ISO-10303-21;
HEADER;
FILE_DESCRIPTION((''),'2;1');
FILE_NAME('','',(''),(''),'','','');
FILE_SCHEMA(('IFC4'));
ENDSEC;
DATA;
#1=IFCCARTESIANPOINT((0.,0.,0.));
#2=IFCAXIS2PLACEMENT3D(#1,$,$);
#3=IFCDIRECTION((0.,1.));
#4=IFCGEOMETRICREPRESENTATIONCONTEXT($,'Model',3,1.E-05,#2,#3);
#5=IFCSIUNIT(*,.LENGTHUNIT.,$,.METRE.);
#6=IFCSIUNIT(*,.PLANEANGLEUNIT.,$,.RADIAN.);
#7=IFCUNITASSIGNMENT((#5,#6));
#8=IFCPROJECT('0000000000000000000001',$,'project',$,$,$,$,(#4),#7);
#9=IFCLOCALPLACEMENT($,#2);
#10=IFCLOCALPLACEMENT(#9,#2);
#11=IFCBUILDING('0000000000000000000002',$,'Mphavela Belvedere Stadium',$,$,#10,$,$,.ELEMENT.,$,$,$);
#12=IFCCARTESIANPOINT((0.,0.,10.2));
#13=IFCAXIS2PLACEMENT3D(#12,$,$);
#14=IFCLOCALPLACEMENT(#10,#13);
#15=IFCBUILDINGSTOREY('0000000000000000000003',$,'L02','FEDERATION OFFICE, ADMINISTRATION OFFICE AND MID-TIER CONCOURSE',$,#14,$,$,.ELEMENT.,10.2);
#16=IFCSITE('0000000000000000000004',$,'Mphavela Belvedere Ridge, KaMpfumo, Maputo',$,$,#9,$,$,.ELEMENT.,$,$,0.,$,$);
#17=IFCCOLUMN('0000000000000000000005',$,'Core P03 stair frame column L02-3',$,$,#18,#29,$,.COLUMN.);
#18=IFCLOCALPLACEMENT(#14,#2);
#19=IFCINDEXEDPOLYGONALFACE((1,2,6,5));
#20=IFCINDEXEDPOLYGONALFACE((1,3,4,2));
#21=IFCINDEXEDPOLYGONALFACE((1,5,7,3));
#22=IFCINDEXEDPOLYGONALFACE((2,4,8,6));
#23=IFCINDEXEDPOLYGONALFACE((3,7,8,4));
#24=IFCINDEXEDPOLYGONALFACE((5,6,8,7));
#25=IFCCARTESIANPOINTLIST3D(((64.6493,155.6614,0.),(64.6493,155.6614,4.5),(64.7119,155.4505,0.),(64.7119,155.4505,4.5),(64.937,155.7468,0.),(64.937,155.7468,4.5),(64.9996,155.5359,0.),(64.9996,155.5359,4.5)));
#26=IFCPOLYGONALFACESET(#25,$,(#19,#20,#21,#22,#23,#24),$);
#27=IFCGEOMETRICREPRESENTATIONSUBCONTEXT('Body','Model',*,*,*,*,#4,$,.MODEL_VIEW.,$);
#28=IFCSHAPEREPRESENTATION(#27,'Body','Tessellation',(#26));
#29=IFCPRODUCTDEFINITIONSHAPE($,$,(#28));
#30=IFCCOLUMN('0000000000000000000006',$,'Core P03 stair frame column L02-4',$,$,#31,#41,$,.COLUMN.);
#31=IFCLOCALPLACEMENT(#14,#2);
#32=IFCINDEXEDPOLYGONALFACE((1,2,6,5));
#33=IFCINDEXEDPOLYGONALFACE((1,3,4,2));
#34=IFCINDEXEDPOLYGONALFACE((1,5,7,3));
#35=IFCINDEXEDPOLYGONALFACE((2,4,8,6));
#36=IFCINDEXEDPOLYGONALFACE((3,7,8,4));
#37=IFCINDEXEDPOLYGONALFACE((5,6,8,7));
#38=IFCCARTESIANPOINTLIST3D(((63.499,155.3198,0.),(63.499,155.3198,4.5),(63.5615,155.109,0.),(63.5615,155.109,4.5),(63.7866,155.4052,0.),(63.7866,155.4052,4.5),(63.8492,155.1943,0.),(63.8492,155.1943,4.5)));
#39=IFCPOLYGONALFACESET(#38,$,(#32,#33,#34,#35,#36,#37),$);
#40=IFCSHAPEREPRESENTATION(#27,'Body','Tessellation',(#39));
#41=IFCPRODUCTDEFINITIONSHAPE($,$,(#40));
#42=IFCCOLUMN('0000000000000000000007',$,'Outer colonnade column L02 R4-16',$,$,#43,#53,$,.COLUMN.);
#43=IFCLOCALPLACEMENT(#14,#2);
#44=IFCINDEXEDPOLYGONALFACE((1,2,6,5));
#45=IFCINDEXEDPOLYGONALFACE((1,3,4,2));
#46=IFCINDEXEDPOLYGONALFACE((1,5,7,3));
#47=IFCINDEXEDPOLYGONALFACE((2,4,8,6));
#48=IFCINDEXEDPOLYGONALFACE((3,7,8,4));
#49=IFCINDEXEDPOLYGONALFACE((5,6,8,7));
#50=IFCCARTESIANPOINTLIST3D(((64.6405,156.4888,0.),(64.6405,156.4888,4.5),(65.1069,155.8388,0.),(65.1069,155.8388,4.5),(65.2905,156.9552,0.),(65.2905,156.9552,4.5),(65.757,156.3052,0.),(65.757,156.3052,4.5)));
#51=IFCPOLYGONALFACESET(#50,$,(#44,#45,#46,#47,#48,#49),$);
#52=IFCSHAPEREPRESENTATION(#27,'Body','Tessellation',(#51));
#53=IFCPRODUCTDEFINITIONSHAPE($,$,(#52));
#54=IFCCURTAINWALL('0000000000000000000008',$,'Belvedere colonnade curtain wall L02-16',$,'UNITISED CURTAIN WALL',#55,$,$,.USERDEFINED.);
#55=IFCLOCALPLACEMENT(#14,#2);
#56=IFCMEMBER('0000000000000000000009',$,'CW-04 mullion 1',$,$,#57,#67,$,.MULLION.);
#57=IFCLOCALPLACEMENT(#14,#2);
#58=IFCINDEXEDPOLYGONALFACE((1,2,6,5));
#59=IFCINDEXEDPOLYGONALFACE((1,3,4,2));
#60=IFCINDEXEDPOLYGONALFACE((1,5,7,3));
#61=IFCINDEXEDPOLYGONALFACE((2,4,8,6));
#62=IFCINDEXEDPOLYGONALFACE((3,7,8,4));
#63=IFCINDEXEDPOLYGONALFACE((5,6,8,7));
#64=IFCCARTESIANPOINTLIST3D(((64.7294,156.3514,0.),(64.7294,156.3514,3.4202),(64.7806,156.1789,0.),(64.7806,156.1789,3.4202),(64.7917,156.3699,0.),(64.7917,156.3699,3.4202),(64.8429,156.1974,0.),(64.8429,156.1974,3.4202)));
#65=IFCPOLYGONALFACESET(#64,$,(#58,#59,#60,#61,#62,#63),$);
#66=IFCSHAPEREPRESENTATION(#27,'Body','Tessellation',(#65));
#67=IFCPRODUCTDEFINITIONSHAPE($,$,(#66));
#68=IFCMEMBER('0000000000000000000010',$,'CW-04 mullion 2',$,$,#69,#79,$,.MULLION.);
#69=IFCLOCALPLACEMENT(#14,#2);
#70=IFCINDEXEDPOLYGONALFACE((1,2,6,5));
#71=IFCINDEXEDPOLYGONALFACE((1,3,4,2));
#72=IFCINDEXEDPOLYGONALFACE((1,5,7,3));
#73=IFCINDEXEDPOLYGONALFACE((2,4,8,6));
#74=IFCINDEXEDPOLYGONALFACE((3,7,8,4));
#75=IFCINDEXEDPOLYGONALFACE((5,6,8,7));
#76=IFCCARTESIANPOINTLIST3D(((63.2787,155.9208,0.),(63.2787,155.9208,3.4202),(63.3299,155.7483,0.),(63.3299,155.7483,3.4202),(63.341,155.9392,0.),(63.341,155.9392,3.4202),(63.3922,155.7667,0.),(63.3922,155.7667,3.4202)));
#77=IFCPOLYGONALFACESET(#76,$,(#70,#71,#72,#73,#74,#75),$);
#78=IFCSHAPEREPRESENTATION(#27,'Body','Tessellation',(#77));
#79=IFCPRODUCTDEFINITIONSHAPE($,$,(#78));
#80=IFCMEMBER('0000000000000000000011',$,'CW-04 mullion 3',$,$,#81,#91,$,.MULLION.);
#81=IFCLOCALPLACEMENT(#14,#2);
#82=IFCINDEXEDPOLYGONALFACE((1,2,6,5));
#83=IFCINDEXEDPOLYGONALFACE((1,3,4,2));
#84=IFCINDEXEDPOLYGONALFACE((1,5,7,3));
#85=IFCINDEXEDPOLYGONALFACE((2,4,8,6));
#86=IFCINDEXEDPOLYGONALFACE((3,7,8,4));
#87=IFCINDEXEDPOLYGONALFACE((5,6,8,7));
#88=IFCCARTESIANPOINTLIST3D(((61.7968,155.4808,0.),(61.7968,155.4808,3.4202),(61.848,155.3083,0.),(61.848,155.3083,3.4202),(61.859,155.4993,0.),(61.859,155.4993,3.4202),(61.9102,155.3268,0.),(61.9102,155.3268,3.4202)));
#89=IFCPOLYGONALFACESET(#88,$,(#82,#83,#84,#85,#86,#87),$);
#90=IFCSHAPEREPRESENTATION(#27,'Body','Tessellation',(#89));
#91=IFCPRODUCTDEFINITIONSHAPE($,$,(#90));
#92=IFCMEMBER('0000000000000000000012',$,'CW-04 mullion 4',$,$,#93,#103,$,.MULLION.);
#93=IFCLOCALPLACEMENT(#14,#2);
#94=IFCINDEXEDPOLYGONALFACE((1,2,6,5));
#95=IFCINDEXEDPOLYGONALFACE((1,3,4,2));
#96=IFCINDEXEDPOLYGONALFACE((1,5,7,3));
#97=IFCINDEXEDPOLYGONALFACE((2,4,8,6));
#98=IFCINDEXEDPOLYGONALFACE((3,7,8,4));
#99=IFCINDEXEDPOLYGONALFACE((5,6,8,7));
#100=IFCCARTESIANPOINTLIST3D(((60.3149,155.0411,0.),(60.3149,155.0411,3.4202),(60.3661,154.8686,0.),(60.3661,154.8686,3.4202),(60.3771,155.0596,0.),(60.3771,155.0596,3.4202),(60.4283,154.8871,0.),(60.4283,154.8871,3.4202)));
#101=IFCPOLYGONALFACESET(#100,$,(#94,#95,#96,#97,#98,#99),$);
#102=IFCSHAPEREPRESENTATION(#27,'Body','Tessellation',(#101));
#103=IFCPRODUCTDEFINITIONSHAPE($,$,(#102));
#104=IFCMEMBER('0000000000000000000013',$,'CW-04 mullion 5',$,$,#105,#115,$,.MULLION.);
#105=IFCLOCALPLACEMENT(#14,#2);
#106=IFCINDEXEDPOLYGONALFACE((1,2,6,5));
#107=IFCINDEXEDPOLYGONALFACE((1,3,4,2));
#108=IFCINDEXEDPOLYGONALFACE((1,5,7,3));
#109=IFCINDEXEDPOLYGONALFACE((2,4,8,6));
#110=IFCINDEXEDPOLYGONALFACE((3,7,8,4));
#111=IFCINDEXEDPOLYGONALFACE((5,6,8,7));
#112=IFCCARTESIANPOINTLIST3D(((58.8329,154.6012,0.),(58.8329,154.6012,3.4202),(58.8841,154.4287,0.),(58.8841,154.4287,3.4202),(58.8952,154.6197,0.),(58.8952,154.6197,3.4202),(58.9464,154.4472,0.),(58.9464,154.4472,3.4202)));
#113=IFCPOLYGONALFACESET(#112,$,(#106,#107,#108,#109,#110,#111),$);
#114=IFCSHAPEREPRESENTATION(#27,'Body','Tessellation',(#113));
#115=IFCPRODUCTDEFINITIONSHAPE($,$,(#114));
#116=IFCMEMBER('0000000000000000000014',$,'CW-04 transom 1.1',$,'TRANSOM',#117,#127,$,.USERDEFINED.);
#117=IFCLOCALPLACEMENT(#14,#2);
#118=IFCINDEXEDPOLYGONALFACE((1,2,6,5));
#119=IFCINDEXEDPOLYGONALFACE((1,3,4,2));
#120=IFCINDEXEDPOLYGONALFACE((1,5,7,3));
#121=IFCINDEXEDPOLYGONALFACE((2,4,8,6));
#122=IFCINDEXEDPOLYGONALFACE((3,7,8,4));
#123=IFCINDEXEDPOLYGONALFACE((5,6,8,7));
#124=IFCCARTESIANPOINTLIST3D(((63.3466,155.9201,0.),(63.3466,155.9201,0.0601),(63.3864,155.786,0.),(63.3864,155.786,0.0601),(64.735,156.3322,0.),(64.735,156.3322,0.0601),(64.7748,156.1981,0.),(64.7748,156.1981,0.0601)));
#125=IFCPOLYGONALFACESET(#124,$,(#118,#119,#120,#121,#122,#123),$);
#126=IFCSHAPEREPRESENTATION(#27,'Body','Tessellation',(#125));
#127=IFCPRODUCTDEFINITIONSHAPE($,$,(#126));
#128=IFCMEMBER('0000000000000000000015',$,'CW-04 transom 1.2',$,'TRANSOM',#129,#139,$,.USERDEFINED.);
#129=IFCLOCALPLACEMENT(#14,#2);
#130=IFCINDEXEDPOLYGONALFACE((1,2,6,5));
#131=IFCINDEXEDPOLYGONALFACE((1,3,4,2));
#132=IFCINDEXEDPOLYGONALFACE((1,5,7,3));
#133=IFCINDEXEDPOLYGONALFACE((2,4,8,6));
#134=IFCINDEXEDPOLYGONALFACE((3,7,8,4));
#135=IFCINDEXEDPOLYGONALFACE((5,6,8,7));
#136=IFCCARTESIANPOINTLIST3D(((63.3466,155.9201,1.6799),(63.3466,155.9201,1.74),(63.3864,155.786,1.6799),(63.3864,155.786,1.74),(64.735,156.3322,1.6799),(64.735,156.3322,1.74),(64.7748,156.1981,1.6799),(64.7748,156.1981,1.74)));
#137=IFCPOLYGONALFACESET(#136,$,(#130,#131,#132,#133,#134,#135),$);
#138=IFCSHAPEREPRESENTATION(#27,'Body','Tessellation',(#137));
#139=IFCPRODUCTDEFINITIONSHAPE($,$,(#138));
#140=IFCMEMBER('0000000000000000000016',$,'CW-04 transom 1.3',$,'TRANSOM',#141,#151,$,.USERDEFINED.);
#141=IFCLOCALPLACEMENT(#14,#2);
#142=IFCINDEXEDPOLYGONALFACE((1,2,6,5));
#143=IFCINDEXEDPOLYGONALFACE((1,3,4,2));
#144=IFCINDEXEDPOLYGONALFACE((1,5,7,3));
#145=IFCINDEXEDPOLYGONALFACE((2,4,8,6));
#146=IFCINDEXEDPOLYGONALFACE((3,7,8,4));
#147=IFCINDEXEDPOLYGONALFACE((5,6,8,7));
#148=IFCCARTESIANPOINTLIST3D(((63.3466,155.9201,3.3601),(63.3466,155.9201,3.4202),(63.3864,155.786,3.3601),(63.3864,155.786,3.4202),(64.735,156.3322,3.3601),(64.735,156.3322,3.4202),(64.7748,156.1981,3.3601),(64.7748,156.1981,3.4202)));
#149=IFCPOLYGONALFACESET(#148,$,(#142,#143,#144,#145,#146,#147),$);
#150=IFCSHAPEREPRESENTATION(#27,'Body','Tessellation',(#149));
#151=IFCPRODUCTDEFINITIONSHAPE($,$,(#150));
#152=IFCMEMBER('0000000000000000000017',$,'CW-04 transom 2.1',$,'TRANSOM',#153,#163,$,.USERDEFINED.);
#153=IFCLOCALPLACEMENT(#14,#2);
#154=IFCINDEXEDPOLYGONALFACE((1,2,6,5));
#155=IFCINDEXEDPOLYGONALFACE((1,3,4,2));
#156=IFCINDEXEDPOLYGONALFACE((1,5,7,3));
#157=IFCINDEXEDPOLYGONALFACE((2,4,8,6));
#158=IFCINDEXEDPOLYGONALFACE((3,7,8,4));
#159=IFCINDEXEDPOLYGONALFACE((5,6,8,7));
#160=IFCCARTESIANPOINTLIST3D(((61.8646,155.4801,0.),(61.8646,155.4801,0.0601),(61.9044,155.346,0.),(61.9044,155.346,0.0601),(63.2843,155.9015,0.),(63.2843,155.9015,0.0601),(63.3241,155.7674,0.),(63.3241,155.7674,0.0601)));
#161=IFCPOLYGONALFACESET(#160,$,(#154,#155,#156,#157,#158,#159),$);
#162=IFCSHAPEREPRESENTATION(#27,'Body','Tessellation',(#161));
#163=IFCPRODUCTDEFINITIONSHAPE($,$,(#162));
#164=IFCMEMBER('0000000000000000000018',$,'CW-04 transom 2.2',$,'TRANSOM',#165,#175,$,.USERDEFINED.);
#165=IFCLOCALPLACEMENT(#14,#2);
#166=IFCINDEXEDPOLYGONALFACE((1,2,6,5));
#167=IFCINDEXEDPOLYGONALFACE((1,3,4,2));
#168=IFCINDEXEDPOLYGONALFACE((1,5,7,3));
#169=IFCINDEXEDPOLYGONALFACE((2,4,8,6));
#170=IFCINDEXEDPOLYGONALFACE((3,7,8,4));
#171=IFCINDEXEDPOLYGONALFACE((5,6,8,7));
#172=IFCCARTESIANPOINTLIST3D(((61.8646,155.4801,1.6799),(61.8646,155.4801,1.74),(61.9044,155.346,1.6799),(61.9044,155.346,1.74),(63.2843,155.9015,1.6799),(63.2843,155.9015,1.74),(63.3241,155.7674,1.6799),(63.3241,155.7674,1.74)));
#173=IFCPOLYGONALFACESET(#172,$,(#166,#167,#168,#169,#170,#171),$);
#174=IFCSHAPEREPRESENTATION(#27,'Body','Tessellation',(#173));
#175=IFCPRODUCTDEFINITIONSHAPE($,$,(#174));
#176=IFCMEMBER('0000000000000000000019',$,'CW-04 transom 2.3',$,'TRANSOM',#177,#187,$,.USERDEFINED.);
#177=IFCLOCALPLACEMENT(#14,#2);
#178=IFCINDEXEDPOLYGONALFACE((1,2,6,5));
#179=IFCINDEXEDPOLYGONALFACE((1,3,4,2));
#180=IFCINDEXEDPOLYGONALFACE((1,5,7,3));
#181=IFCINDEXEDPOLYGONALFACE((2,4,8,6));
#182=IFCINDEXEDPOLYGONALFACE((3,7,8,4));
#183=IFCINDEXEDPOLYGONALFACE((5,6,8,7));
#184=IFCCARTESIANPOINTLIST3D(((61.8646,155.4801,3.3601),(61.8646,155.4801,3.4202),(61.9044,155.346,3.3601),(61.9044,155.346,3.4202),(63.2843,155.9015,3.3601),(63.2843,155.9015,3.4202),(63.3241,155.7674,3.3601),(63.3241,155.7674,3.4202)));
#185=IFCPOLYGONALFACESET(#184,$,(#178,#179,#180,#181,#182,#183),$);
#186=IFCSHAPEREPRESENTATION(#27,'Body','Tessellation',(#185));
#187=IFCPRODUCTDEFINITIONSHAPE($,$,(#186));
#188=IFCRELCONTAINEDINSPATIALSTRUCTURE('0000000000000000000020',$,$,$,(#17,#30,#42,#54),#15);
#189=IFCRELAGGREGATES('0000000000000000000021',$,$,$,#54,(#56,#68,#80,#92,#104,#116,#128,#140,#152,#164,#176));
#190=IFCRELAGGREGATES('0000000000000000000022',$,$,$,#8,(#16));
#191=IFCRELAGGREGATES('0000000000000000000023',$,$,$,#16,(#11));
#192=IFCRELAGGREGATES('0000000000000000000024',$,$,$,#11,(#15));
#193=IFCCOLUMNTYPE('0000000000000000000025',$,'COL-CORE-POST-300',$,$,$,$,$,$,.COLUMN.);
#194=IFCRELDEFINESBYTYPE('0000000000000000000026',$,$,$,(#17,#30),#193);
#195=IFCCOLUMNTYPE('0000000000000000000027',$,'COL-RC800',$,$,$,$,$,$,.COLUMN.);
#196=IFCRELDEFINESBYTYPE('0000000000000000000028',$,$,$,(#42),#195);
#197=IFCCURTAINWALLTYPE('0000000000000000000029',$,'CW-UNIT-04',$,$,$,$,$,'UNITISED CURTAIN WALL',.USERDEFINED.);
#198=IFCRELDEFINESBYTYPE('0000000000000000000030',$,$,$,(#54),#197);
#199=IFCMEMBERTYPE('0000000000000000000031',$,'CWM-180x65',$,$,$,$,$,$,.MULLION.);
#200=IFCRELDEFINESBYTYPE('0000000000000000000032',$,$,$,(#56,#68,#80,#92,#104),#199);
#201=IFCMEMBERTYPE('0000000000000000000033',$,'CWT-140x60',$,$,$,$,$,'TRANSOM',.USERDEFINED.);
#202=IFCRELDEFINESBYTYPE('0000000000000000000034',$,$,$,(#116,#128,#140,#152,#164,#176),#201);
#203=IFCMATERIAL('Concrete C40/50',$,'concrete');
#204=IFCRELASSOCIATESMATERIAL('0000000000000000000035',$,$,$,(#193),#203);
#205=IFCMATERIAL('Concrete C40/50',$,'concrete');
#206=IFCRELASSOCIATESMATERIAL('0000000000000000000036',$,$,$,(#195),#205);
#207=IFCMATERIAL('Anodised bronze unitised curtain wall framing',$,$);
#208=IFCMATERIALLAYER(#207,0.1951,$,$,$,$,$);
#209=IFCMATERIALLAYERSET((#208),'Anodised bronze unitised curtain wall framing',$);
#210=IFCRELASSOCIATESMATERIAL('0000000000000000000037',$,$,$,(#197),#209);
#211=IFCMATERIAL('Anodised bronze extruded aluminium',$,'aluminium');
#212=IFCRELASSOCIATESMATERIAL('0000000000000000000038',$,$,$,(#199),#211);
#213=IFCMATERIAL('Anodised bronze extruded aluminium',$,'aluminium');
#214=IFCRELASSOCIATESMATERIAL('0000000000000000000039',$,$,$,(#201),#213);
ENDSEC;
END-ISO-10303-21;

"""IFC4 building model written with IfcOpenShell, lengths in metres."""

from ifc_helpers import new_model, si_unit, direction, frame, origin, origin_2d, place, context, subcontext, project, spatial, rectangle, extrude, material, layer, layer_set, material_profile, profile_set, type_object, element, aggregate, save


model = new_model("IFC4")

# Units and contexts
model_context = context("Model", 3, precision=1e-05, world=origin(), true_north=direction((0.0, 1.0)))
body_context = subcontext(model_context, "Body", "Model", "MODEL_VIEW")
ifc_project = project(units=[si_unit("LENGTHUNIT", "METRE"), si_unit("PLANEANGLEUNIT", "RADIAN")], contexts=[model_context])

# Site, building, storey
site_placement = place(None, origin())
site = spatial("IfcSite", under=ifc_project, at=site_placement, Name="Mphavela Belvedere Ridge, KaMpfumo, Maputo", CompositionType="ELEMENT", RefElevation=0.0)
building_placement = place(site_placement, origin())
building = spatial("IfcBuilding", under=site, at=building_placement, Name="Mphavela Belvedere Stadium", CompositionType="ELEMENT")
storey_placement = place(building_placement, frame((0.0, 0.0, 10.2)))
storey = spatial("IfcBuildingStorey", under=building, at=storey_placement, Name="L02", Description="FEDERATION OFFICE, ADMINISTRATION OFFICE AND MID-TIER CONCOURSE", CompositionType="ELEMENT", Elevation=10.2)

# Columns
ifc_material_1 = material(Name="Concrete C40/50", Category="concrete")
ifc_material_profile_1 = material_profile(ifc_material_1, rectangle(XDim=0.3, YDim=0.22, at=origin_2d()), Name="RC 300x220")
ifc_profile_set_1 = profile_set([ifc_material_profile_1], Name="Concrete C40/50")
column_type_1 = type_object("IfcColumnType", Name="COL-CORE-POST-300", PredefinedType="COLUMN", material=ifc_profile_set_1)
for number, where, z_axis, x_axis, name in (
    (1, (64.8245, 155.5986, 0.0), (0.0, 0.0, 1.0), (0.958671, 0.284517, 0.0), "Core P03 stair frame column L02-3"),
    (2, (63.6741, 155.2571, 0.0), (0.0, 0.0, 1.0), (0.958671, 0.284517, 0.0), "Core P03 stair frame column L02-4"),
):
    element("IfcColumn", number, at=place(storey_placement, frame(where, z_axis=z_axis, x_axis=x_axis)), inside=storey, type_object=column_type_1, Name=name, PredefinedType="COLUMN", context=body_context, shape_type="SweptSolid", body=[
        extrude(rectangle(XDim=0.3, YDim=0.22, at=origin_2d()), origin(), (0.0, 0.0, 1.0), 4.5),
    ])
ifc_material_2 = material(Name="Concrete C40/50", Category="concrete")
ifc_material_profile_2 = material_profile(ifc_material_2, rectangle(XDim=0.8, YDim=0.8, at=origin_2d()), Name="RC 800x800")
ifc_profile_set_2 = profile_set([ifc_material_profile_2], Name="Concrete C40/50")
column_type_2 = type_object("IfcColumnType", Name="COL-RC800", PredefinedType="COLUMN", material=ifc_profile_set_2)
column_placement = place(storey_placement, frame((65.1987, 156.397, 0.0), z_axis=(0.0, 0.0, 1.0), x_axis=(-0.582974, 0.812491, 0.0)))
element("IfcColumn", 3, at=column_placement, inside=storey, type_object=column_type_2, Name="Outer colonnade column L02 R4-16", PredefinedType="COLUMN", context=body_context, shape_type="SweptSolid", body=[
    extrude(rectangle(XDim=0.8, YDim=0.8, at=origin_2d()), origin(), (0.0, 0.0, 1.0), 4.5),
])

# Curtain wall, members
ifc_material_3 = material(Name="Anodised bronze unitised curtain wall framing")
ifc_layer_1 = layer(ifc_material_3, 0.1951)
ifc_layer_set_1 = layer_set([ifc_layer_1], Name="Anodised bronze unitised curtain wall framing")
curtain_wall_type = type_object("IfcCurtainWallType", Name="CW-UNIT-04", ElementType="UNITISED CURTAIN WALL", PredefinedType="USERDEFINED", material=ifc_layer_set_1)
curtain_wall_placement = place(storey_placement, origin())
curtain_wall = element("IfcCurtainWall", 4, at=curtain_wall_placement, inside=storey, type_object=curtain_wall_type, Name="Belvedere colonnade curtain wall L02-16", ObjectType="UNITISED CURTAIN WALL", PredefinedType="USERDEFINED")
ifc_material_4 = material(Name="Anodised bronze extruded aluminium", Category="aluminium")
ifc_material_profile_3 = material_profile(ifc_material_4, rectangle(XDim=0.1799, YDim=0.0649, at=origin_2d()), Name="CW-MUL 180x65")
ifc_profile_set_3 = profile_set([ifc_material_profile_3], Name="Anodised bronze extruded aluminium")
member_type_1 = type_object("IfcMemberType", Name="CWM-180x65", PredefinedType="MULLION", material=ifc_profile_set_3)
member_1_placement = place(storey_placement, frame((64.7861, 156.2744, 0.0), z_axis=(0.0, 0.0, 1.0), x_axis=(0.284547, -0.958662, 0.0)))
member_1 = element("IfcMember", 5, at=member_1_placement, type_object=member_type_1, Name="CW-04 mullion 1", PredefinedType="MULLION", context=body_context, shape_type="SweptSolid", body=[
    extrude(rectangle(XDim=0.1799, YDim=0.0649, at=origin_2d()), origin(), (0.0, 0.0, 1.0), 3.4202),
])
member_2_placement = place(storey_placement, frame((63.3354, 155.8438, 0.0), z_axis=(0.0, 0.0, 1.0), x_axis=(0.284547, -0.958662, 0.0)))
member_2 = element("IfcMember", 6, at=member_2_placement, type_object=member_type_1, Name="CW-04 mullion 2", PredefinedType="MULLION", context=body_context, shape_type="SweptSolid", body=[
    extrude(rectangle(XDim=0.1799, YDim=0.0649, at=origin_2d()), origin(), (0.0, 0.0, 1.0), 3.4202),
])
member_3_placement = place(storey_placement, frame((61.8535, 155.4038, 0.0), z_axis=(0.0, 0.0, 1.0), x_axis=(0.284547, -0.958662, 0.0)))
member_3 = element("IfcMember", 7, at=member_3_placement, type_object=member_type_1, Name="CW-04 mullion 3", PredefinedType="MULLION", context=body_context, shape_type="SweptSolid", body=[
    extrude(rectangle(XDim=0.1799, YDim=0.0649, at=origin_2d()), origin(), (0.0, 0.0, 1.0), 3.4202),
])
member_4_placement = place(storey_placement, frame((60.3716, 154.9641, 0.0), z_axis=(0.0, 0.0, 1.0), x_axis=(0.284547, -0.958662, 0.0)))
member_4 = element("IfcMember", 8, at=member_4_placement, type_object=member_type_1, Name="CW-04 mullion 4", PredefinedType="MULLION", context=body_context, shape_type="SweptSolid", body=[
    extrude(rectangle(XDim=0.1799, YDim=0.0649, at=origin_2d()), origin(), (0.0, 0.0, 1.0), 3.4202),
])
member_5_placement = place(storey_placement, frame((58.8896, 154.5242, 0.0), z_axis=(0.0, 0.0, 1.0), x_axis=(0.284547, -0.958662, 0.0)))
member_5 = element("IfcMember", 9, at=member_5_placement, type_object=member_type_1, Name="CW-04 mullion 5", PredefinedType="MULLION", context=body_context, shape_type="SweptSolid", body=[
    extrude(rectangle(XDim=0.1799, YDim=0.0649, at=origin_2d()), origin(), (0.0, 0.0, 1.0), 3.4202),
])
ifc_material_5 = material(Name="Anodised bronze extruded aluminium", Category="aluminium")
ifc_material_profile_4 = material_profile(ifc_material_5, rectangle(XDim=0.1399, YDim=0.0601, at=origin_2d()), Name="CW-TRN 140x60")
ifc_profile_set_4 = profile_set([ifc_material_profile_4], Name="Anodised bronze extruded aluminium")
member_type_2 = type_object("IfcMemberType", Name="CWT-140x60", ElementType="TRANSOM", PredefinedType="USERDEFINED", material=ifc_profile_set_4)
member_6_placement = place(storey_placement, frame((64.7549, 156.2651, 0.03), z_axis=(-0.958662, -0.284547, 0.0), x_axis=(0.284547, -0.958662, 0.0)))
member_6 = element("IfcMember", 10, at=member_6_placement, type_object=member_type_2, Name="CW-04 transom 1.1", ObjectType="TRANSOM", PredefinedType="USERDEFINED", context=body_context, shape_type="SweptSolid", body=[
    extrude(rectangle(XDim=0.1399, YDim=0.0601, at=origin_2d()), origin(), (0.0, 0.0, 1.0), 1.4482),
])
member_7_placement = place(storey_placement, frame((64.7549, 156.2651, 1.71), z_axis=(-0.958662, -0.284547, 0.0), x_axis=(0.284547, -0.958662, 0.0)))
member_7 = element("IfcMember", 11, at=member_7_placement, type_object=member_type_2, Name="CW-04 transom 1.2", ObjectType="TRANSOM", PredefinedType="USERDEFINED", context=body_context, shape_type="SweptSolid", body=[
    extrude(rectangle(XDim=0.1399, YDim=0.0601, at=origin_2d()), origin(), (0.0, 0.0, 1.0), 1.4482),
])
member_8_placement = place(storey_placement, frame((64.7549, 156.2651, 3.3901), z_axis=(-0.958662, -0.284547, 0.0), x_axis=(0.284547, -0.958662, 0.0)))
member_8 = element("IfcMember", 12, at=member_8_placement, type_object=member_type_2, Name="CW-04 transom 1.3", ObjectType="TRANSOM", PredefinedType="USERDEFINED", context=body_context, shape_type="SweptSolid", body=[
    extrude(rectangle(XDim=0.1399, YDim=0.0601, at=origin_2d()), origin(), (0.0, 0.0, 1.0), 1.4482),
])
member_9_placement = place(storey_placement, frame((63.3042, 155.8345, 0.03), z_axis=(-0.958662, -0.284549, 0.0), x_axis=(0.284549, -0.958662, 0.0)))
member_9 = element("IfcMember", 13, at=member_9_placement, type_object=member_type_2, Name="CW-04 transom 2.1", ObjectType="TRANSOM", PredefinedType="USERDEFINED", context=body_context, shape_type="SweptSolid", body=[
    extrude(rectangle(XDim=0.1399, YDim=0.0601, at=origin_2d()), origin(), (0.0, 0.0, 1.0), 1.481),
])
member_10_placement = place(storey_placement, frame((63.3042, 155.8345, 1.71), z_axis=(-0.958662, -0.284549, 0.0), x_axis=(0.284549, -0.958662, 0.0)))
member_10 = element("IfcMember", 14, at=member_10_placement, type_object=member_type_2, Name="CW-04 transom 2.2", ObjectType="TRANSOM", PredefinedType="USERDEFINED", context=body_context, shape_type="SweptSolid", body=[
    extrude(rectangle(XDim=0.1399, YDim=0.0601, at=origin_2d()), origin(), (0.0, 0.0, 1.0), 1.481),
])
member_11_placement = place(storey_placement, frame((63.3042, 155.8345, 3.3901), z_axis=(-0.958662, -0.284549, 0.0), x_axis=(0.284549, -0.958662, 0.0)))
member_11 = element("IfcMember", 15, at=member_11_placement, type_object=member_type_2, Name="CW-04 transom 2.3", ObjectType="TRANSOM", PredefinedType="USERDEFINED", context=body_context, shape_type="SweptSolid", body=[
    extrude(rectangle(XDim=0.1399, YDim=0.0601, at=origin_2d()), origin(), (0.0, 0.0, 1.0), 1.481),
])
aggregate(curtain_wall, [member_1, member_2, member_3, member_4, member_5, member_6, member_7, member_8, member_9, member_10, member_11])

save(model, "model.ifc")
